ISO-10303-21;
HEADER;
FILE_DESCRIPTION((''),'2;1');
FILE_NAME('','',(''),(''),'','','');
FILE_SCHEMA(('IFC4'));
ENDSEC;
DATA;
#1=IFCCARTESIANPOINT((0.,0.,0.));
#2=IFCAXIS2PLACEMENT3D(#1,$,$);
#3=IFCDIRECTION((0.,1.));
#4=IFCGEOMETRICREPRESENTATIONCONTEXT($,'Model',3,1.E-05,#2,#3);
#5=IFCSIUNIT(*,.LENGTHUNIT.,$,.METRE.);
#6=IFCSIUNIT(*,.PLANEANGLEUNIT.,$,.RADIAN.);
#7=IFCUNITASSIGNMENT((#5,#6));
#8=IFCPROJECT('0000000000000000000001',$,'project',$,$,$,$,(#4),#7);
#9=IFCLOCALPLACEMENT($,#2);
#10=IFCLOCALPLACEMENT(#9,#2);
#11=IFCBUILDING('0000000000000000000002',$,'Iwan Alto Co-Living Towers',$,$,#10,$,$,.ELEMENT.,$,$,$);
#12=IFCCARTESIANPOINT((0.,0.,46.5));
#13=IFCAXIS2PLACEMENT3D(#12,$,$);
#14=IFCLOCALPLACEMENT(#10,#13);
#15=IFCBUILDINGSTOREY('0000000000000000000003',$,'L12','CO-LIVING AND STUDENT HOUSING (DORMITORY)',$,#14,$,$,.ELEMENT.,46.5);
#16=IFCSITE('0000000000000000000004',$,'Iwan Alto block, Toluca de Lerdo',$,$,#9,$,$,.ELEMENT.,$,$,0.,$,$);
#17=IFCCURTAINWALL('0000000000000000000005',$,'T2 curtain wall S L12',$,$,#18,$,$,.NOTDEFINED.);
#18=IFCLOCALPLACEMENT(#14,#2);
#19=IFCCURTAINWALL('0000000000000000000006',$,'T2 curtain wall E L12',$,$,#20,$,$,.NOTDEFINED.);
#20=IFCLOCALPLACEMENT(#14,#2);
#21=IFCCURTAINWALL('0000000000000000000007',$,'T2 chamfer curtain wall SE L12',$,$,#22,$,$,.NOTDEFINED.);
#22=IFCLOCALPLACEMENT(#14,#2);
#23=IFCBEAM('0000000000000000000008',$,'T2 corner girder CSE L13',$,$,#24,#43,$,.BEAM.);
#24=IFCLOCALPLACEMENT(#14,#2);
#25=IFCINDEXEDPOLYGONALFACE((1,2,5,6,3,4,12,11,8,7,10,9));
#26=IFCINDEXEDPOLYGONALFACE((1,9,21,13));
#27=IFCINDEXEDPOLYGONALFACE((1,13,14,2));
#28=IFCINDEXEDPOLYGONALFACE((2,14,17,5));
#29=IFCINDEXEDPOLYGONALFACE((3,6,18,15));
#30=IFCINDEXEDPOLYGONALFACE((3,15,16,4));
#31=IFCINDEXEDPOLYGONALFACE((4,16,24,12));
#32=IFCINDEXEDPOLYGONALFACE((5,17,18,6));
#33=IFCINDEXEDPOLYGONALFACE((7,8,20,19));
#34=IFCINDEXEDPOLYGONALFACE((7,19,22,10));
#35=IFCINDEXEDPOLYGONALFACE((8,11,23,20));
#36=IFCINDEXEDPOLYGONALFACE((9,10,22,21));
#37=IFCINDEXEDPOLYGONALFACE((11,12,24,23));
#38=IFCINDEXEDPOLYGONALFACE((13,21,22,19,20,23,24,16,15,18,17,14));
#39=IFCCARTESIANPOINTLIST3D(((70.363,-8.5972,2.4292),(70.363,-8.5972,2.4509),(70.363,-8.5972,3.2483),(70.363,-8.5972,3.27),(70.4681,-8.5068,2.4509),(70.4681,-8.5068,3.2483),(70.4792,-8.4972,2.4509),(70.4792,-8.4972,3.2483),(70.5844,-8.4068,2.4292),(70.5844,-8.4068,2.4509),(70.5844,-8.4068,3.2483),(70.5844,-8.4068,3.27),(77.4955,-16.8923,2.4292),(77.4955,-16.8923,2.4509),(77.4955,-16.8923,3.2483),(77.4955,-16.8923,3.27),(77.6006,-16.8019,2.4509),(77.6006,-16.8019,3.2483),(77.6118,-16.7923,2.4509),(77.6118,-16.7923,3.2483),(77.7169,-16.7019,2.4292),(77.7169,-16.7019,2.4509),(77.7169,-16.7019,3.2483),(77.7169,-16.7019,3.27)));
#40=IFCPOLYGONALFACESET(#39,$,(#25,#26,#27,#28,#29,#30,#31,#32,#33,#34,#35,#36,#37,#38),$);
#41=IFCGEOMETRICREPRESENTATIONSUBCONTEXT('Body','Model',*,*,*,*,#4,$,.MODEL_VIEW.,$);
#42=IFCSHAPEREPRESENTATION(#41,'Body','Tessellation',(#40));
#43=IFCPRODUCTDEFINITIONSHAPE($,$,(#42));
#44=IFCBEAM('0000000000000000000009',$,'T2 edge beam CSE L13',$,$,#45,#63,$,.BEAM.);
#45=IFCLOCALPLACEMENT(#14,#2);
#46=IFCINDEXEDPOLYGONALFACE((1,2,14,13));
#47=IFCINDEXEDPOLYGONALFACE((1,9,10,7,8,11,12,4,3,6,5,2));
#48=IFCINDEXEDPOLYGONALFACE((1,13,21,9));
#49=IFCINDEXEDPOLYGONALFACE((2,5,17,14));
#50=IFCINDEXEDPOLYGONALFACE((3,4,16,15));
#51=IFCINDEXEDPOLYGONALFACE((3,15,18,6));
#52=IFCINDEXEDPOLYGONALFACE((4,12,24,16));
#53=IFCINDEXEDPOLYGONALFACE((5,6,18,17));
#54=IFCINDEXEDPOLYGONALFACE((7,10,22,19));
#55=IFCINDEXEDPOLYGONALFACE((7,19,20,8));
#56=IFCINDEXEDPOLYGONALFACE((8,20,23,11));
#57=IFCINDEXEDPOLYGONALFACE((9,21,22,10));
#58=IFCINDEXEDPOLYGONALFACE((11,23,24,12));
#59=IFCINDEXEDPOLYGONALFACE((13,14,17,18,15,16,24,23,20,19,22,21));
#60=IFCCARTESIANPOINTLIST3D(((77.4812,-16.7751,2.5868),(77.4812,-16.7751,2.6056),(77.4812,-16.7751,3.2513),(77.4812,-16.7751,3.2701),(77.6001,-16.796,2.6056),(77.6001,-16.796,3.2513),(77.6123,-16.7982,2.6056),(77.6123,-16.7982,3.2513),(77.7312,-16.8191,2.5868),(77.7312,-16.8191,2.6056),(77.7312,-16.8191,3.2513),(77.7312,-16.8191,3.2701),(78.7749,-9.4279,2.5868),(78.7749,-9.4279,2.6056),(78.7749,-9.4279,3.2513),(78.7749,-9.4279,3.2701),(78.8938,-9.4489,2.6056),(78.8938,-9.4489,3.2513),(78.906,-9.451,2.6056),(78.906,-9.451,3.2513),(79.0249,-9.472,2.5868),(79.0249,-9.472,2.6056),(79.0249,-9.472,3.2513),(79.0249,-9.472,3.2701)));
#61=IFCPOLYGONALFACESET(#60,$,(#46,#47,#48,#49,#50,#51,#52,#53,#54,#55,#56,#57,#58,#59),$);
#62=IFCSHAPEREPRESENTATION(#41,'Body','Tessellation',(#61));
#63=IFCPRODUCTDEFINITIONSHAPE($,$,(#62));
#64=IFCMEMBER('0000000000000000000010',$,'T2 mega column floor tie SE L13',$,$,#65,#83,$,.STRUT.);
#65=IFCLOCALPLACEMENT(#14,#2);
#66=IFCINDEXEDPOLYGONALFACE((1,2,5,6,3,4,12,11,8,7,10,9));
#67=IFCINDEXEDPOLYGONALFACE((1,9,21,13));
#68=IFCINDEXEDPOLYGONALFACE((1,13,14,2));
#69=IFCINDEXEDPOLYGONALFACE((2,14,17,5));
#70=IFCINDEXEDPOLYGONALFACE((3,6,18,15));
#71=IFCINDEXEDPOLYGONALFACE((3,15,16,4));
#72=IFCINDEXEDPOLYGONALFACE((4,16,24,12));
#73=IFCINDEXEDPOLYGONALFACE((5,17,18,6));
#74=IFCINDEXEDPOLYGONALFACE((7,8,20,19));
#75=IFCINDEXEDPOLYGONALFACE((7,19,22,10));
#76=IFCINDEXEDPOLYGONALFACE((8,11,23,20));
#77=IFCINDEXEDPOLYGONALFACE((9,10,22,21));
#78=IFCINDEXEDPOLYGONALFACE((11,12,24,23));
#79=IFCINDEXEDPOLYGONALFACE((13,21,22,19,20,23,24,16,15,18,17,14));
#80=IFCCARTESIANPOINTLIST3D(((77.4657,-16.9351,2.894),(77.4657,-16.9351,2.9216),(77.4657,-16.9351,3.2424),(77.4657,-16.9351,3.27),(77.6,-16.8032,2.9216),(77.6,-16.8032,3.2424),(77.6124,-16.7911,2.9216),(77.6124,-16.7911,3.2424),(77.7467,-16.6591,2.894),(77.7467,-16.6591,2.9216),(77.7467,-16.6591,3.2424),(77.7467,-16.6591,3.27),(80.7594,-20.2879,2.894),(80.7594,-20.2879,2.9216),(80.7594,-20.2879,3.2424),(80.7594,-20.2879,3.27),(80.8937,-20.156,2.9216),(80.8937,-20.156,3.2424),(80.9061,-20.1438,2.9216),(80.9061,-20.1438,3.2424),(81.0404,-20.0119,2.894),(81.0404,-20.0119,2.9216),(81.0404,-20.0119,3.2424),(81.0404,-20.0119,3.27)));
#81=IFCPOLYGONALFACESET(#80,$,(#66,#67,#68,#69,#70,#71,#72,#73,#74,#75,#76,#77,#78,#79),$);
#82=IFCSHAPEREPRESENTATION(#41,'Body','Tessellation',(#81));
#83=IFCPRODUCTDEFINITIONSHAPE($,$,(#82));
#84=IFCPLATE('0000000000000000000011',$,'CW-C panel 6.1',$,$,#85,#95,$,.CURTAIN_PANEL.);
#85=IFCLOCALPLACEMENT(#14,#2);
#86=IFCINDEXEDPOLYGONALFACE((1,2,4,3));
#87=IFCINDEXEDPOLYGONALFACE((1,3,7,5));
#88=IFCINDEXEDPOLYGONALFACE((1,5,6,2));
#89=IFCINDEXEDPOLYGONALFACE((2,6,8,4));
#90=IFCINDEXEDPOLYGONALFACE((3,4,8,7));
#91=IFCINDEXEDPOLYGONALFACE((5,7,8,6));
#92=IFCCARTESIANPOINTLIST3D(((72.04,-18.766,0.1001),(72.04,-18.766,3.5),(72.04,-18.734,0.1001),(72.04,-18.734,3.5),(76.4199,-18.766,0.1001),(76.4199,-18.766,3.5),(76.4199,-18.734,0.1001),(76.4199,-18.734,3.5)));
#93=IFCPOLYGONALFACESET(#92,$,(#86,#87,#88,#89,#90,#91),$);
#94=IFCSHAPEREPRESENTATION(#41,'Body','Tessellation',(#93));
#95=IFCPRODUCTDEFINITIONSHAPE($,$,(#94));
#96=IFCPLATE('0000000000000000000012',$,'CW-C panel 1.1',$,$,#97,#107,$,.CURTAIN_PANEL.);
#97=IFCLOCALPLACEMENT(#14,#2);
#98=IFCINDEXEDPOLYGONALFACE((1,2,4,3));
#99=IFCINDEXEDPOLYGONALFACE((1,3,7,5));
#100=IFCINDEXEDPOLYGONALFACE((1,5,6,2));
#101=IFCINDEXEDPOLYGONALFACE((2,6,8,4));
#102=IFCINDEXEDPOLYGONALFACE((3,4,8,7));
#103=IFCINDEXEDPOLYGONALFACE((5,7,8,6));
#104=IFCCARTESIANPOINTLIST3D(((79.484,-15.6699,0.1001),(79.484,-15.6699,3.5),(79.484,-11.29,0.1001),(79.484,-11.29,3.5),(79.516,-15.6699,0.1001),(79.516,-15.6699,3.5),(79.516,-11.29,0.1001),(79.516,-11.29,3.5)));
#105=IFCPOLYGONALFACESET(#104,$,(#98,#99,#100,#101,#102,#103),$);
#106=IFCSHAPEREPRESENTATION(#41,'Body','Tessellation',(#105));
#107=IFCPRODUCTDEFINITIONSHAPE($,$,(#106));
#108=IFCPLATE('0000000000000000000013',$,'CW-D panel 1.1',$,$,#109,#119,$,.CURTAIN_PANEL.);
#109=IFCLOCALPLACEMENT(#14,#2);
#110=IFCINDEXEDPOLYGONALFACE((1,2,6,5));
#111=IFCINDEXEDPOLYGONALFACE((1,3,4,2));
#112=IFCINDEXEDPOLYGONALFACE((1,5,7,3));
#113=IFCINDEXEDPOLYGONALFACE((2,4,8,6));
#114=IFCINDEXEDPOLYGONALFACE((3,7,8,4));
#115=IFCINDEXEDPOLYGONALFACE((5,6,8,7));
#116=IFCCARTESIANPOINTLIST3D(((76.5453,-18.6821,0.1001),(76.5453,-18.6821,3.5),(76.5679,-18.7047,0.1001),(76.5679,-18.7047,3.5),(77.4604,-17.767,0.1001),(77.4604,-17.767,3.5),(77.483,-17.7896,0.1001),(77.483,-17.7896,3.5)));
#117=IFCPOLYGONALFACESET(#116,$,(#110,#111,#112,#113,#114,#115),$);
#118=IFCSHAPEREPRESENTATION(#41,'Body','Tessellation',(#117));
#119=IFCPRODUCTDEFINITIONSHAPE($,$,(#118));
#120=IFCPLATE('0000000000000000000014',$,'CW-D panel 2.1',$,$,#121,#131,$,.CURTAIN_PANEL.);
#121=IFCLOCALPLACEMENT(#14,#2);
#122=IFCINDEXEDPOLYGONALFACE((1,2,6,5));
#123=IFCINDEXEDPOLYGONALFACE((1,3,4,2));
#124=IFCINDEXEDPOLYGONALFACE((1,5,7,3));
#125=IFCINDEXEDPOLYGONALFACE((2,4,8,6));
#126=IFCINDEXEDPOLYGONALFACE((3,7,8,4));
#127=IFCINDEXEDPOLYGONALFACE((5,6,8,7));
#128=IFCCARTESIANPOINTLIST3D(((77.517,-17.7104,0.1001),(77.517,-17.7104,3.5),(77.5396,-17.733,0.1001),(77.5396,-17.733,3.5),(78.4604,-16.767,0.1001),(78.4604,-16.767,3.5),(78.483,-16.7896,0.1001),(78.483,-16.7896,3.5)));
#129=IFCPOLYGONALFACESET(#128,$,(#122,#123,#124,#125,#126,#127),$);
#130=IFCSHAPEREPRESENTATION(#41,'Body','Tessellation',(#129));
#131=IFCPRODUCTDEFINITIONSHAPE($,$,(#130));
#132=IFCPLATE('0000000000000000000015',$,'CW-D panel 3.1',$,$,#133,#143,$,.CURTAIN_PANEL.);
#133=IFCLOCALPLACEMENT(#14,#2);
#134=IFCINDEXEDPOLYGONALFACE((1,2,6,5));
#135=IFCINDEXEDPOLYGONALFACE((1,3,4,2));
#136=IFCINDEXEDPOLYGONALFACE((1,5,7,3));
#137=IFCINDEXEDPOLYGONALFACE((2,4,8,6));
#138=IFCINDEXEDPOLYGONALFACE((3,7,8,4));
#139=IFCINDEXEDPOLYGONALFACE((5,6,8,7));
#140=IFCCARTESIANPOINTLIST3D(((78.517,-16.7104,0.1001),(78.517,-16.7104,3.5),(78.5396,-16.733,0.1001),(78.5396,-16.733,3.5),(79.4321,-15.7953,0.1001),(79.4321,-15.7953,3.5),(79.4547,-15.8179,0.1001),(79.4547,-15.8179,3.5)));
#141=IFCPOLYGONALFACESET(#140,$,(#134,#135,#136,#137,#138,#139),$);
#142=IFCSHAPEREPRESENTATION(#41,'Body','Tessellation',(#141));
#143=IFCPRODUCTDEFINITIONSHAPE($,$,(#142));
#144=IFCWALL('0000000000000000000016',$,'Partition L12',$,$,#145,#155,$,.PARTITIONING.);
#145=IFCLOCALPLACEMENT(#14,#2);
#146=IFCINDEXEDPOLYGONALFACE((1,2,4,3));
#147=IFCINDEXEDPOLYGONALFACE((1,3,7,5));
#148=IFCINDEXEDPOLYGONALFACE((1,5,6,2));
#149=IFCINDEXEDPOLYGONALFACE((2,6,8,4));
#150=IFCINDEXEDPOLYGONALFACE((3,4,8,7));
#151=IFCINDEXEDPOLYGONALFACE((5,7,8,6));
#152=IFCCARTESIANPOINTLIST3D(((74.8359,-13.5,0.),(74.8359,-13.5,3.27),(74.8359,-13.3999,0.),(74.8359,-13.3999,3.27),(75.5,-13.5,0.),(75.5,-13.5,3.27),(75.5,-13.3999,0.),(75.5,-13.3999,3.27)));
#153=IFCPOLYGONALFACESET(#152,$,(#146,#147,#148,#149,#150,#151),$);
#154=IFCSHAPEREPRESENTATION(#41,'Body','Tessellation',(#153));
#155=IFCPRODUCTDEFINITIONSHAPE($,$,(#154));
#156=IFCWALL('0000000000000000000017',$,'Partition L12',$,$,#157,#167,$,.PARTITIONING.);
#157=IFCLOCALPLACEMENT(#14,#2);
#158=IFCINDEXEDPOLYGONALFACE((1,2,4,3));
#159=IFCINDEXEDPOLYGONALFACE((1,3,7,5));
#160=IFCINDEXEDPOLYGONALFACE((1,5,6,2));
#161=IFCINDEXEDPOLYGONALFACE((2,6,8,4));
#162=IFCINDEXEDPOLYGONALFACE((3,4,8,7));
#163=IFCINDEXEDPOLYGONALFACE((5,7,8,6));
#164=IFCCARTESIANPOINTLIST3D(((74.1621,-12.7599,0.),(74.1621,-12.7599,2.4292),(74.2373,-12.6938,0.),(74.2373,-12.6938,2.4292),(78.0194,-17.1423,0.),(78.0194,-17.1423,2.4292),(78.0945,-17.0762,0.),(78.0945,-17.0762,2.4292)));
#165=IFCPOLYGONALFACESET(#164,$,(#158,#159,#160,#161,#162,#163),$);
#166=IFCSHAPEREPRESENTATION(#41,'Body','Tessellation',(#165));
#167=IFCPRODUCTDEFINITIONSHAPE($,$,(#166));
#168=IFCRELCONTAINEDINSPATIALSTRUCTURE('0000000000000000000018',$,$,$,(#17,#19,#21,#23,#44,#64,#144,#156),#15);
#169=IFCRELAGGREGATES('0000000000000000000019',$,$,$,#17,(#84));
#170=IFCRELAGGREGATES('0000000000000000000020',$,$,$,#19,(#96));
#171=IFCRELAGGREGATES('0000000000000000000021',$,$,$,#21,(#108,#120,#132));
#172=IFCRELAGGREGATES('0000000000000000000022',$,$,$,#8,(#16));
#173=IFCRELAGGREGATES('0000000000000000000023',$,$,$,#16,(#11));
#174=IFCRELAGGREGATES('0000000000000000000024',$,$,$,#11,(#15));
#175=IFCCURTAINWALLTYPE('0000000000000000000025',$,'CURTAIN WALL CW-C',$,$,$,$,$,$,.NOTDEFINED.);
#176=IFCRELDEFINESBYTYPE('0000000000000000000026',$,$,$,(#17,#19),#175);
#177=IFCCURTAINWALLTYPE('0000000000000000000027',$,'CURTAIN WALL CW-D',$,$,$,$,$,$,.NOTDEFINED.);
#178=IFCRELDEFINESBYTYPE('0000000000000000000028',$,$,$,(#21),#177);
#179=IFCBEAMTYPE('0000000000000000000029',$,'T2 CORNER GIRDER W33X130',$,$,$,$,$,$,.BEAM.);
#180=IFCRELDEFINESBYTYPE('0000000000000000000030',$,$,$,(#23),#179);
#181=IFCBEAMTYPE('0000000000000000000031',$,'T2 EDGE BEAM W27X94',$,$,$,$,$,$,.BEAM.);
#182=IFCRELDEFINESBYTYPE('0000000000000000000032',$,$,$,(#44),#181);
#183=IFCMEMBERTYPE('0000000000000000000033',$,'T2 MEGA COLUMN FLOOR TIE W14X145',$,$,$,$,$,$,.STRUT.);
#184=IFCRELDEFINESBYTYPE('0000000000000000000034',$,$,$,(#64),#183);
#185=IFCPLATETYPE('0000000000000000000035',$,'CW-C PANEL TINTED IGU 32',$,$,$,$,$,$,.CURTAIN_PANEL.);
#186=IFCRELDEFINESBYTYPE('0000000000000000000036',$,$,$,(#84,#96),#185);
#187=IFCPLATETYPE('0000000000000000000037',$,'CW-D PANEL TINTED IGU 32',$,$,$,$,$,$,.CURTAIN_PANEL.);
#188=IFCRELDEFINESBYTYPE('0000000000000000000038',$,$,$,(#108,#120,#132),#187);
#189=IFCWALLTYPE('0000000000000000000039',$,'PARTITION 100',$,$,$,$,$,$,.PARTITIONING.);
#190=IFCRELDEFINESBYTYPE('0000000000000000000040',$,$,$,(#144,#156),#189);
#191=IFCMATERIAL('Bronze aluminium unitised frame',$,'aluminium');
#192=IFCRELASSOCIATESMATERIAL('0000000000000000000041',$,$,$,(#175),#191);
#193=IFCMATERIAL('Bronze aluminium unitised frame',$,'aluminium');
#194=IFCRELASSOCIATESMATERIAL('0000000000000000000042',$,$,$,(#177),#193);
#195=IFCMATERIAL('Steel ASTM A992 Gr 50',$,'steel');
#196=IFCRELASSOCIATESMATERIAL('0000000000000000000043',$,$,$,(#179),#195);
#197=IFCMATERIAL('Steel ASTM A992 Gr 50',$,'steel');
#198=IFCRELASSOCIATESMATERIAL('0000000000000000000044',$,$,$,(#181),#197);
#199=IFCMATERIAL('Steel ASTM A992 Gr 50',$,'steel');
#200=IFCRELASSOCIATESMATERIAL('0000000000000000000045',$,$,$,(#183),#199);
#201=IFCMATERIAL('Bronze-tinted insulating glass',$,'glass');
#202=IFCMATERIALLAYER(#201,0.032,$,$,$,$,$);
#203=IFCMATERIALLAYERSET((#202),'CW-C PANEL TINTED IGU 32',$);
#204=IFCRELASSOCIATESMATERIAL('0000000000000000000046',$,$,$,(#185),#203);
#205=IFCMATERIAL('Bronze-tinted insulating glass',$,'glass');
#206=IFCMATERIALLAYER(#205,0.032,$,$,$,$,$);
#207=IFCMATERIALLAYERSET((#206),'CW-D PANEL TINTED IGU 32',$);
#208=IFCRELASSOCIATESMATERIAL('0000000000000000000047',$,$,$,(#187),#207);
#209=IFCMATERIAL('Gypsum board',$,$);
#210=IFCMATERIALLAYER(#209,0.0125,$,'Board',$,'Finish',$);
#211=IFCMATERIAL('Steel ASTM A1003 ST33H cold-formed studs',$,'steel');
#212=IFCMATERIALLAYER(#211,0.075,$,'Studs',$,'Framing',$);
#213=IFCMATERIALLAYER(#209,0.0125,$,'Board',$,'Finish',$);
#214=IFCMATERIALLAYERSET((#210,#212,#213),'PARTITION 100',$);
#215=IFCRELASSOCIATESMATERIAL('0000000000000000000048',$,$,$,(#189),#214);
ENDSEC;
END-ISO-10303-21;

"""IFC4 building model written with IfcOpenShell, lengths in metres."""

from ifc_helpers import new_model, si_unit, direction, frame, frame_2d, origin, origin_2d, place, context, subcontext, project, spatial, rectangle, i_section, extrude, material, layer, layer_set, material_profile, profile_set, type_object, element, aggregate, save


model = new_model("IFC4")

# Units and contexts
model_context = context("Model", 3, precision=1e-05, world=origin(), true_north=direction((0.0, 1.0)))
body_context = subcontext(model_context, "Body", "Model", "MODEL_VIEW")
ifc_project = project(units=[si_unit("LENGTHUNIT", "METRE"), si_unit("PLANEANGLEUNIT", "RADIAN")], contexts=[model_context])

# Site, building, storey
site_placement = place(None, origin())
site = spatial("IfcSite", under=ifc_project, at=site_placement, Name="Iwan Alto block, Toluca de Lerdo", CompositionType="ELEMENT", RefElevation=0.0)
building_placement = place(site_placement, origin())
building = spatial("IfcBuilding", under=site, at=building_placement, Name="Iwan Alto Co-Living Towers", CompositionType="ELEMENT")
storey_placement = place(building_placement, frame((0.0, 0.0, 46.5)))
storey = spatial("IfcBuildingStorey", under=building, at=storey_placement, Name="L12", Description="CO-LIVING AND STUDENT HOUSING (DORMITORY)", CompositionType="ELEMENT", Elevation=46.5)

# Curtain wall
ifc_material_1 = material(Name="Bronze aluminium unitised frame", Category="aluminium")
curtain_wall_type_1 = type_object("IfcCurtainWallType", Name="CURTAIN WALL CW-C", PredefinedType="NOTDEFINED", material=ifc_material_1)
curtain_wall_1_placement = place(storey_placement, origin())
curtain_wall_1 = element("IfcCurtainWall", 1, at=curtain_wall_1_placement, inside=storey, type_object=curtain_wall_type_1, Name="T2 curtain wall S L12", PredefinedType="NOTDEFINED")

# Curtain walls
curtain_wall_2_placement = place(storey_placement, origin())
curtain_wall_2 = element("IfcCurtainWall", 2, at=curtain_wall_2_placement, inside=storey, type_object=curtain_wall_type_1, Name="T2 curtain wall E L12", PredefinedType="NOTDEFINED")
ifc_material_2 = material(Name="Bronze aluminium unitised frame", Category="aluminium")
curtain_wall_type_2 = type_object("IfcCurtainWallType", Name="CURTAIN WALL CW-D", PredefinedType="NOTDEFINED", material=ifc_material_2)
curtain_wall_3_placement = place(storey_placement, origin())
curtain_wall_3 = element("IfcCurtainWall", 3, at=curtain_wall_3_placement, inside=storey, type_object=curtain_wall_type_2, Name="T2 chamfer curtain wall SE L12", PredefinedType="NOTDEFINED")

# Beams
ifc_material_3 = material(Name="Steel ASTM A992 Gr 50", Category="steel")
ifc_material_profile_1 = material_profile(ifc_material_3, i_section(OverallWidth=0.292, OverallDepth=0.8408, WebThickness=0.0146, FlangeThickness=0.0217, at=origin_2d()), Name="W33X130")
ifc_profile_set_1 = profile_set([ifc_material_profile_1], Name="Steel ASTM A992 Gr 50")
beam_type_1 = type_object("IfcBeamType", Name="T2 CORNER GIRDER W33X130", PredefinedType="BEAM", material=ifc_profile_set_1)
beam_1_placement = place(storey_placement, frame((77.6062, -16.7971, 2.8496), z_axis=(-0.651972, 0.758243, 0.0), x_axis=(-0.758243, -0.651972, 0.0)))
element("IfcBeam", 4, at=beam_1_placement, inside=storey, type_object=beam_type_1, Name="T2 corner girder CSE L13", PredefinedType="BEAM", context=body_context, shape_type="SweptSolid", body=[
    extrude(i_section(OverallWidth=0.292, OverallDepth=0.8408, WebThickness=0.0146, FlangeThickness=0.0217, at=origin_2d()), origin(), (0.0, 0.0, 1.0), 10.9399),
])
ifc_material_4 = material(Name="Steel ASTM A992 Gr 50", Category="steel")
ifc_material_profile_2 = material_profile(ifc_material_4, i_section(OverallWidth=0.2539, OverallDepth=0.6833, WebThickness=0.0125, FlangeThickness=0.0188, at=origin_2d()), Name="W27X94")
ifc_profile_set_2 = profile_set([ifc_material_profile_2], Name="Steel ASTM A992 Gr 50")
beam_type_2 = type_object("IfcBeamType", Name="T2 EDGE BEAM W27X94", PredefinedType="BEAM", material=ifc_profile_set_2)
beam_2_placement = place(storey_placement, frame((77.6062, -16.7971, 2.9285), z_axis=(0.173414, 0.984849, 0.0), x_axis=(-0.984849, 0.173414, 0.0)))
element("IfcBeam", 5, at=beam_2_placement, inside=storey, type_object=beam_type_2, Name="T2 edge beam CSE L13", PredefinedType="BEAM", context=body_context, shape_type="SweptSolid", body=[
    extrude(i_section(OverallWidth=0.2539, OverallDepth=0.6833, WebThickness=0.0125, FlangeThickness=0.0188, at=origin_2d()), origin(), (0.0, 0.0, 1.0), 7.4602),
])

# Member
ifc_material_5 = material(Name="Steel ASTM A992 Gr 50", Category="steel")
ifc_material_profile_3 = material_profile(ifc_material_5, i_section(OverallWidth=0.3938, OverallDepth=0.376, WebThickness=0.0173, FlangeThickness=0.0276, at=origin_2d()), Name="W14X145")
ifc_profile_set_3 = profile_set([ifc_material_profile_3], Name="Steel ASTM A992 Gr 50")
member_type_1 = type_object("IfcMemberType", Name="T2 MEGA COLUMN FLOOR TIE W14X145", PredefinedType="STRUT", material=ifc_profile_set_3)
member_1_placement = place(storey_placement, frame((80.8999, -20.1499, 3.082), z_axis=(-0.700793, 0.713364, 0.0), x_axis=(-0.713364, -0.700793, 0.0)))
element("IfcMember", 6, at=member_1_placement, inside=storey, type_object=member_type_1, Name="T2 mega column floor tie SE L13", PredefinedType="STRUT", context=body_context, shape_type="SweptSolid", body=[
    extrude(i_section(OverallWidth=0.3938, OverallDepth=0.376, WebThickness=0.0173, FlangeThickness=0.0276, at=origin_2d()), origin(), (0.0, 0.0, 1.0), 4.7),
])

# Plates
ifc_material_6 = material(Name="Bronze-tinted insulating glass", Category="glass")
ifc_layer_1 = layer(ifc_material_6, 0.032)
ifc_layer_set_1 = layer_set([ifc_layer_1], Name="CW-C PANEL TINTED IGU 32")
plate_type_1 = type_object("IfcPlateType", Name="CW-C PANEL TINTED IGU 32", PredefinedType="CURTAIN_PANEL", material=ifc_layer_set_1)
plate_1_placement = place(storey_placement, frame((74.23, -18.75, 0.1001), z_axis=(0.0, 0.0, 1.0), x_axis=(1.0, 0.0, 0.0)))
plate_1 = element("IfcPlate", 7, at=plate_1_placement, type_object=plate_type_1, Name="CW-C panel 6.1", PredefinedType="CURTAIN_PANEL", context=body_context, shape_type="SweptSolid", body=[
    extrude(rectangle(XDim=4.3799, YDim=0.032, at=origin_2d()), origin(), (0.0, 0.0, 1.0), 3.3999),
])
aggregate(curtain_wall_1, [plate_1])
plate_2_placement = place(storey_placement, frame((79.5, -13.48, 0.1001), z_axis=(0.0, 0.0, 1.0), x_axis=(0.0, 1.0, 0.0)))
plate_2 = element("IfcPlate", 8, at=plate_2_placement, type_object=plate_type_1, Name="CW-C panel 1.1", PredefinedType="CURTAIN_PANEL", context=body_context, shape_type="SweptSolid", body=[
    extrude(rectangle(XDim=4.3799, YDim=0.032, at=origin_2d()), origin(), (0.0, 0.0, 1.0), 3.3999),
])
aggregate(curtain_wall_2, [plate_2])
ifc_material_7 = material(Name="Bronze-tinted insulating glass", Category="glass")
ifc_layer_2 = layer(ifc_material_7, 0.032)
ifc_layer_set_2 = layer_set([ifc_layer_2], Name="CW-D PANEL TINTED IGU 32")
plate_type_2 = type_object("IfcPlateType", Name="CW-D PANEL TINTED IGU 32", PredefinedType="CURTAIN_PANEL", material=ifc_layer_set_2)
plate_3_placement = place(storey_placement, frame((77.0142, -18.2358, 0.1001), z_axis=(0.0, 0.0, 1.0), x_axis=(0.707107, 0.707107, 0.0)))
plate_3 = element("IfcPlate", 9, at=plate_3_placement, type_object=plate_type_2, Name="CW-D panel 1.1", PredefinedType="CURTAIN_PANEL", context=body_context, shape_type="SweptSolid", body=[
    extrude(rectangle(XDim=1.2942, YDim=0.032, at=origin_2d()), origin(), (0.0, 0.0, 1.0), 3.3999),
])
plate_4_placement = place(storey_placement, frame((78.0, -17.25, 0.1001), z_axis=(0.0, 0.0, 1.0), x_axis=(0.707107, 0.707107, 0.0)))
plate_4 = element("IfcPlate", 10, at=plate_4_placement, type_object=plate_type_2, Name="CW-D panel 2.1", PredefinedType="CURTAIN_PANEL", context=body_context, shape_type="SweptSolid", body=[
    extrude(rectangle(XDim=1.3342, YDim=0.032, at=origin_2d()), origin(), (0.0, 0.0, 1.0), 3.3999),
])
plate_5_placement = place(storey_placement, frame((78.9858, -16.2642, 0.1001), z_axis=(0.0, 0.0, 1.0), x_axis=(0.707107, 0.707107, 0.0)))
plate_5 = element("IfcPlate", 11, at=plate_5_placement, type_object=plate_type_2, Name="CW-D panel 3.1", PredefinedType="CURTAIN_PANEL", context=body_context, shape_type="SweptSolid", body=[
    extrude(rectangle(XDim=1.2942, YDim=0.032, at=origin_2d()), origin(), (0.0, 0.0, 1.0), 3.3999),
])
aggregate(curtain_wall_3, [plate_3, plate_4, plate_5])

# Walls
ifc_material_8 = material(Name="Gypsum board")
ifc_layer_3 = layer(ifc_material_8, 0.0125, Name="Board", Category="Finish")
ifc_material_9 = material(Name="Steel ASTM A1003 ST33H cold-formed studs", Category="steel")
ifc_layer_4 = layer(ifc_material_9, 0.075, Name="Studs", Category="Framing")
ifc_layer_5 = layer(ifc_material_8, 0.0125, Name="Board", Category="Finish")
ifc_layer_set_3 = layer_set([ifc_layer_3, ifc_layer_4, ifc_layer_5], Name="PARTITION 100")
wall_type = type_object("IfcWallType", Name="PARTITION 100", PredefinedType="PARTITIONING", material=ifc_layer_set_3)
wall_1_placement = place(storey_placement, frame((74.8359, -13.45, 0.0), z_axis=(0.0, 0.0, 1.0), x_axis=(1.0, 0.0, 0.0)))
element("IfcWall", 12, at=wall_1_placement, inside=storey, type_object=wall_type, Name="Partition L12", PredefinedType="PARTITIONING", context=body_context, shape_type="SweptSolid", body=[
    extrude(rectangle(XDim=0.6641, YDim=0.1001, at=frame_2d((0.332, 0.0))), origin(), (0.0, 0.0, 1.0), 3.27),
])
wall_2_placement = place(storey_placement, frame((78.0569, -17.1091, 0.0), z_axis=(0.0, 0.0, 1.0), x_axis=(-0.660699, 0.750651, 0.0)))
element("IfcWall", 13, at=wall_2_placement, inside=storey, type_object=wall_type, Name="Partition L12", PredefinedType="PARTITIONING", context=body_context, shape_type="SweptSolid", body=[
    extrude(rectangle(XDim=5.8381, YDim=0.1001, at=frame_2d((2.9189, 0.0))), origin(), (0.0, 0.0, 1.0), 2.4292),
])

save(model, "model.ifc")
